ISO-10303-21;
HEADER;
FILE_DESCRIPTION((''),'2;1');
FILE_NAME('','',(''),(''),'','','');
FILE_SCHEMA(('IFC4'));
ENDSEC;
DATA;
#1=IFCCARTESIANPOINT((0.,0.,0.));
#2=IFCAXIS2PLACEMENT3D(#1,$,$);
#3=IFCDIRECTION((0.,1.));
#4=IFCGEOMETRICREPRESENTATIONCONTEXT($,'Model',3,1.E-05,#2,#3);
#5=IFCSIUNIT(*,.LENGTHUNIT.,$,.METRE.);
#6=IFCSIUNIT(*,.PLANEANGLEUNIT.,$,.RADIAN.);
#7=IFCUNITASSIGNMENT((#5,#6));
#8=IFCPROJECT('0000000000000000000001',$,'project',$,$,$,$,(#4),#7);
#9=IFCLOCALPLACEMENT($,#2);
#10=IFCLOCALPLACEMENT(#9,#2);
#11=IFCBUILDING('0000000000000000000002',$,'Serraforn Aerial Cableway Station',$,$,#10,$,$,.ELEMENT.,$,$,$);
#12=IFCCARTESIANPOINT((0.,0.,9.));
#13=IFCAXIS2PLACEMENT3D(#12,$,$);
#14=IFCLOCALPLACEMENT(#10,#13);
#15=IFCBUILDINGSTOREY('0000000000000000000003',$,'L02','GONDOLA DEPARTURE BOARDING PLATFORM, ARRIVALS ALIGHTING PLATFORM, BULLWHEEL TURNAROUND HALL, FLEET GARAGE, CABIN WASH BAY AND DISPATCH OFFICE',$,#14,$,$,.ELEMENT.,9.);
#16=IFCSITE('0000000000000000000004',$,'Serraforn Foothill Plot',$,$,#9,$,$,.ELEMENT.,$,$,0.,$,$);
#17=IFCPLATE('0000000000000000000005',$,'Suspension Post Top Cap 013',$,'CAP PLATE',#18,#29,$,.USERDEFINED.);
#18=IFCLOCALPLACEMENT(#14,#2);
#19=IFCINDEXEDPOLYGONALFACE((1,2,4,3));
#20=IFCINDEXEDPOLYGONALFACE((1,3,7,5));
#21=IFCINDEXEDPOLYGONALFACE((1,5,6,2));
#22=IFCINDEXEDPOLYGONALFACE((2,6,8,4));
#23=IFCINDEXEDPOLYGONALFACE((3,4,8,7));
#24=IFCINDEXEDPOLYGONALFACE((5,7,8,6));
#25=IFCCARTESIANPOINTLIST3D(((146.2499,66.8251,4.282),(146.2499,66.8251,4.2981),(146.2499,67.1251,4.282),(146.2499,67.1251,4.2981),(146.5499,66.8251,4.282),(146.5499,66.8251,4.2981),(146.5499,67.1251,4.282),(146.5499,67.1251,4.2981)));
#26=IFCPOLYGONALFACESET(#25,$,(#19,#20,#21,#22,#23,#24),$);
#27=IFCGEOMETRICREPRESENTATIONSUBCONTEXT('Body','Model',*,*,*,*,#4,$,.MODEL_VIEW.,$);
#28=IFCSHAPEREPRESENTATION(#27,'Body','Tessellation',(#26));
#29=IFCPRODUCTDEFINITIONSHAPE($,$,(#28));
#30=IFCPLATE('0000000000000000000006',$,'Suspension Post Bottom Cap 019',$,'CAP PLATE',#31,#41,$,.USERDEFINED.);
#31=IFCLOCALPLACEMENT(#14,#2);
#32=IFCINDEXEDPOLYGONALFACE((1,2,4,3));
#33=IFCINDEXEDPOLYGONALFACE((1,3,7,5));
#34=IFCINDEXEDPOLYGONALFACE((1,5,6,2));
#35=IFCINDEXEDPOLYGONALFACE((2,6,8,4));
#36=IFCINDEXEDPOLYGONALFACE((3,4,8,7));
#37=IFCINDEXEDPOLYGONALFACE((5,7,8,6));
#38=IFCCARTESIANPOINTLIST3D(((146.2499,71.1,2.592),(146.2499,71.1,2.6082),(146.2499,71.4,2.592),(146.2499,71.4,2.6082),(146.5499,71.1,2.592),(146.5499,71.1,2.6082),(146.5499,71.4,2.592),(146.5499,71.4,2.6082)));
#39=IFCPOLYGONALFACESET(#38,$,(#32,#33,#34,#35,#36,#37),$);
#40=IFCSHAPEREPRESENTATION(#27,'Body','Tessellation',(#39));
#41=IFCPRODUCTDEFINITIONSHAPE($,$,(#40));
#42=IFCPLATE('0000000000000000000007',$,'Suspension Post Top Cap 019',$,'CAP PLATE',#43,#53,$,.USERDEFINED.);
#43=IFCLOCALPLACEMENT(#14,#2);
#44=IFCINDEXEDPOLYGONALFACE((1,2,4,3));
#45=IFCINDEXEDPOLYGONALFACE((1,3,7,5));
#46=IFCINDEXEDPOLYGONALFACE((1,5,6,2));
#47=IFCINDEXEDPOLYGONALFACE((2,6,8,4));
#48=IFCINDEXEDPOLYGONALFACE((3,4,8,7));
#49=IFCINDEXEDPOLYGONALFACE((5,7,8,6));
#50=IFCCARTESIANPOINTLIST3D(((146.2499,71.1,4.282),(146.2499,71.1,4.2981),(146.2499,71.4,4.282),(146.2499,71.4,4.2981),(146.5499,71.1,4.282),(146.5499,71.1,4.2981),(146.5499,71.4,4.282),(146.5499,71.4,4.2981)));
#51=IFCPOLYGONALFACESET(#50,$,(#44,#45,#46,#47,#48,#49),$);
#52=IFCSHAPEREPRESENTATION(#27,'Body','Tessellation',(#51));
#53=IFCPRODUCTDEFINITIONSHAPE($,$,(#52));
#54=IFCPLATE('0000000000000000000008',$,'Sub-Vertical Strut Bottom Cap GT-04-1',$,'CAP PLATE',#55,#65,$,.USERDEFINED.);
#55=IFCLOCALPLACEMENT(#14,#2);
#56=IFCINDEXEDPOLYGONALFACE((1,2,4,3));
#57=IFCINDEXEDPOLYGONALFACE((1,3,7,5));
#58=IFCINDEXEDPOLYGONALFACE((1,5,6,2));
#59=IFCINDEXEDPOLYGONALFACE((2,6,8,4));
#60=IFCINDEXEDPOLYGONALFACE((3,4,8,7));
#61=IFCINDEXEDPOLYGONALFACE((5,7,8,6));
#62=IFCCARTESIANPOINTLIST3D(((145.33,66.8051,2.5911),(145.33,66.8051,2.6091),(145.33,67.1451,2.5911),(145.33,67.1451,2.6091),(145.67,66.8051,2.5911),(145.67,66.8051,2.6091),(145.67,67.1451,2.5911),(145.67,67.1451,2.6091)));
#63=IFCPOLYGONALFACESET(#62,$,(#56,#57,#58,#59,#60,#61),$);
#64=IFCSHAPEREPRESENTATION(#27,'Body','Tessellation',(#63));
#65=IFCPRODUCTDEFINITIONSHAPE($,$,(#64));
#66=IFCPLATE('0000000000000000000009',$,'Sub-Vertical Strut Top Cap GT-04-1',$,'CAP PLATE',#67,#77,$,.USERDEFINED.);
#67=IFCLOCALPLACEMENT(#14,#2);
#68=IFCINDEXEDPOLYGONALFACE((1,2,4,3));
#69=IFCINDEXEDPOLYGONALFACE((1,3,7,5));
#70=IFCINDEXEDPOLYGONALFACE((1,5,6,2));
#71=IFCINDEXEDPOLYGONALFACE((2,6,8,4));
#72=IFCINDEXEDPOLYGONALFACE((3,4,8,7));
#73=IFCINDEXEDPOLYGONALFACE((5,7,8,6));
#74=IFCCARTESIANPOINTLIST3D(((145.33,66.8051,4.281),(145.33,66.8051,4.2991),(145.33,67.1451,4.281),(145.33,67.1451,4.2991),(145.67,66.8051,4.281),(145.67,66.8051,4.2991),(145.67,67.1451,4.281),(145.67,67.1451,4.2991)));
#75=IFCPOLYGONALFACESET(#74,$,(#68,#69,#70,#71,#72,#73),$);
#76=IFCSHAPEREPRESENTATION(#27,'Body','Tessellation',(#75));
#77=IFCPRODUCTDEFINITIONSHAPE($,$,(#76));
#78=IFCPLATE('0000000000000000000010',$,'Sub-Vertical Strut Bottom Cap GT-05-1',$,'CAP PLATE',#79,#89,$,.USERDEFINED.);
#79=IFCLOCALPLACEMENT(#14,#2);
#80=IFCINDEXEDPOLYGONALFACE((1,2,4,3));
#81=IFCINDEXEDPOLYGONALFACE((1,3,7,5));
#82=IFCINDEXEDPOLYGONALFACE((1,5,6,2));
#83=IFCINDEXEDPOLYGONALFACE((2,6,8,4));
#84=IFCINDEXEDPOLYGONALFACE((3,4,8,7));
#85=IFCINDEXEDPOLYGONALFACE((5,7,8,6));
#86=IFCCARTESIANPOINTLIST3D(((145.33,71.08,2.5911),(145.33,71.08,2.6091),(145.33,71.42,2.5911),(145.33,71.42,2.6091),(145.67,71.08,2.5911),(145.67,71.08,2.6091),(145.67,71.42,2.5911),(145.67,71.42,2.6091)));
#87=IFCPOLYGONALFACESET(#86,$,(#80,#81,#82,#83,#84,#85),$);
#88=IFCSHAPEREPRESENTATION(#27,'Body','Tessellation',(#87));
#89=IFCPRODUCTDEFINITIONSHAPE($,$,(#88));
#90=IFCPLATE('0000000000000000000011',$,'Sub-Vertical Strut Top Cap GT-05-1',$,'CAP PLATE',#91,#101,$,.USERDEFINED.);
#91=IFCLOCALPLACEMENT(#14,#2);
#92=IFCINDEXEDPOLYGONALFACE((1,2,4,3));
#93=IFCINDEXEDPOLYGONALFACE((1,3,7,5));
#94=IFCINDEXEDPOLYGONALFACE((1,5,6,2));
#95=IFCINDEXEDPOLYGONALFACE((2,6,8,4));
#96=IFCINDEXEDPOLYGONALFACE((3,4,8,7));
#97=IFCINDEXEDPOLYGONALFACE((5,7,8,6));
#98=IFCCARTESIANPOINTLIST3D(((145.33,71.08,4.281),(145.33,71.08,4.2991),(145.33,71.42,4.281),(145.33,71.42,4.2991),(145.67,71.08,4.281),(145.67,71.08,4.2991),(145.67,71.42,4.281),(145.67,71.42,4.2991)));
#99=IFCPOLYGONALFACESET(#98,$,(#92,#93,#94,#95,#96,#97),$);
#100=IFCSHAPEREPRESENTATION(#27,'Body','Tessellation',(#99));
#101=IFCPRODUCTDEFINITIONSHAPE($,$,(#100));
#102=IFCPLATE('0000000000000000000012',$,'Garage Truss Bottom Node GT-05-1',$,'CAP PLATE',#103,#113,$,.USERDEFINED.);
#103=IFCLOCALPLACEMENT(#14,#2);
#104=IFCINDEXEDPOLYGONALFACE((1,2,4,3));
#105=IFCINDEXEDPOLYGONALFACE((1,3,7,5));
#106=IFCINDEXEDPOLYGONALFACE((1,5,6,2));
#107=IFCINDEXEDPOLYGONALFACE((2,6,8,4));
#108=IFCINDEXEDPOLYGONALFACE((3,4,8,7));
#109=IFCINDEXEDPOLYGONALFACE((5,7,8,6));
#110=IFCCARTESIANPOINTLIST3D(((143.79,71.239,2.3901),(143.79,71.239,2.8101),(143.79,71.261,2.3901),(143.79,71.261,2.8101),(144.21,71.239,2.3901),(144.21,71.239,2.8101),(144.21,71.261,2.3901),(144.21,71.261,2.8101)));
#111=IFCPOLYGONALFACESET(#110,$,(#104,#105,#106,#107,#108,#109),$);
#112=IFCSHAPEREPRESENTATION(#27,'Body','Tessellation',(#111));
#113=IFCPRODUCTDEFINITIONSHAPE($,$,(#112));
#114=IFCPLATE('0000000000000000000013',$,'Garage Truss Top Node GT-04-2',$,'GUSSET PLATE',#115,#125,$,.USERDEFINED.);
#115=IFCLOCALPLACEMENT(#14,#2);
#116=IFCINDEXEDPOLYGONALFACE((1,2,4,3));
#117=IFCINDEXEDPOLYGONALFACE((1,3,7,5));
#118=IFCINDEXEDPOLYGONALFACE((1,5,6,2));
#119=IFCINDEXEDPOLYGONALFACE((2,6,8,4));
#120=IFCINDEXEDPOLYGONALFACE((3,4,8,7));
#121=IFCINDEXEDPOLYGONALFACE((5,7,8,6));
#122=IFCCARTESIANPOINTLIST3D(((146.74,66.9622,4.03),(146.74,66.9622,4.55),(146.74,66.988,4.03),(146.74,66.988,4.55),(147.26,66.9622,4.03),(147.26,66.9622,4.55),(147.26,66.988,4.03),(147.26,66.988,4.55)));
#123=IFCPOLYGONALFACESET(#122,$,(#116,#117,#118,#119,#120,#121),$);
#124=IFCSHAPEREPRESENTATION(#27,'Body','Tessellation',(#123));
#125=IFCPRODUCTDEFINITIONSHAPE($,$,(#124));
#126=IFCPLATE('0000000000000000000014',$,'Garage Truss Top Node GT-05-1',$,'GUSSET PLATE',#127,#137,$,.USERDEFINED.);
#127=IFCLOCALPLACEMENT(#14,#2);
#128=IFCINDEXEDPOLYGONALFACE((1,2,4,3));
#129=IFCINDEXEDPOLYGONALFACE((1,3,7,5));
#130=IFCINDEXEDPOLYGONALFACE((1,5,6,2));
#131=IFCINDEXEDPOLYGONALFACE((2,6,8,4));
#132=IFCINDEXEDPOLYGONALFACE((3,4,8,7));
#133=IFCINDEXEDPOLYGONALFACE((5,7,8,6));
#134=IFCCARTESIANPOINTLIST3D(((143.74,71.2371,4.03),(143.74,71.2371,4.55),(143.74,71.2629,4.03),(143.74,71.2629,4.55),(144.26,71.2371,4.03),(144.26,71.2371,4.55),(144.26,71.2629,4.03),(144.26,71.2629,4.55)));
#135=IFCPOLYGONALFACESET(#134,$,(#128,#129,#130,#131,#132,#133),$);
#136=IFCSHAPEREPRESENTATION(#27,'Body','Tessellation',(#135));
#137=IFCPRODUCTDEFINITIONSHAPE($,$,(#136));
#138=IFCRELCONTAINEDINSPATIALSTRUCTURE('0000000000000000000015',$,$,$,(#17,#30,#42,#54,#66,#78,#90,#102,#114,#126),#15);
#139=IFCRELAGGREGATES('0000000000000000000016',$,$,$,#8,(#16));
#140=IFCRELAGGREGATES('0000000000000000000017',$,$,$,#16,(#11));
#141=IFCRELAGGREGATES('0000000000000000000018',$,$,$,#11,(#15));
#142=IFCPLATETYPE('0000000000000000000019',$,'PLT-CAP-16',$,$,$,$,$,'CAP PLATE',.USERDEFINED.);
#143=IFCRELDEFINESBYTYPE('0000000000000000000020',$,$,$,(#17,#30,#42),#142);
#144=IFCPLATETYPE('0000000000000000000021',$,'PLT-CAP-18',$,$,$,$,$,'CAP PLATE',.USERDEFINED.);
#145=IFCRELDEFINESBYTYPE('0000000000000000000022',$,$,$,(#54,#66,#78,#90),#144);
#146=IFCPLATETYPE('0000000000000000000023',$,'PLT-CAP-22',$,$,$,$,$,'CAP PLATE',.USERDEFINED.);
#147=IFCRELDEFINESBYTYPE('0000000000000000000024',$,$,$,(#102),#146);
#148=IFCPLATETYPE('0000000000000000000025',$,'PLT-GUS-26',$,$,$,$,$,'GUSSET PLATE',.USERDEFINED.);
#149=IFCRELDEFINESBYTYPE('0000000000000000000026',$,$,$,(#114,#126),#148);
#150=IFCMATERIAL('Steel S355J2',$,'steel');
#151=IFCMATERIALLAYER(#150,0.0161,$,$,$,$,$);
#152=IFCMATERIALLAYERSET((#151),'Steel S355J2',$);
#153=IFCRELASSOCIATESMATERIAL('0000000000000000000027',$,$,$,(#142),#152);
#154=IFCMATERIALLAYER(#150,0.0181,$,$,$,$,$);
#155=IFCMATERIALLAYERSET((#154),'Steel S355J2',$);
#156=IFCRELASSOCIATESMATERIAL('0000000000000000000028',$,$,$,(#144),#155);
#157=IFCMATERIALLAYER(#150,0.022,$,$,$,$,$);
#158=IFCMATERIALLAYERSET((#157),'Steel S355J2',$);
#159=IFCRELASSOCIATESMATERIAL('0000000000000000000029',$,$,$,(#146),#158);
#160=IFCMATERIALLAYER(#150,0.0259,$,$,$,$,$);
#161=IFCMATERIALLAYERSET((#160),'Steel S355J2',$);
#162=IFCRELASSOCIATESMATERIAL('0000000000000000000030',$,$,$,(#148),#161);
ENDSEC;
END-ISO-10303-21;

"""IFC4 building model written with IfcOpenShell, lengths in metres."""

from ifc_helpers import new_model, si_unit, direction, frame, origin, origin_2d, place, context, subcontext, project, spatial, rectangle, extrude, material, layer, layer_set, type_object, element, save


model = new_model("IFC4")

# Units and contexts
model_context = context("Model", 3, precision=1e-05, world=origin(), true_north=direction((0.0, 1.0)))
body_context = subcontext(model_context, "Body", "Model", "MODEL_VIEW")
ifc_project = project(units=[si_unit("LENGTHUNIT", "METRE"), si_unit("PLANEANGLEUNIT", "RADIAN")], contexts=[model_context])

# Site, building, storey
site_placement = place(None, origin())
site = spatial("IfcSite", under=ifc_project, at=site_placement, Name="Serraforn Foothill Plot", CompositionType="ELEMENT", RefElevation=0.0)
building_placement = place(site_placement, origin())
building = spatial("IfcBuilding", under=site, at=building_placement, Name="Serraforn Aerial Cableway Station", CompositionType="ELEMENT")
storey_placement = place(building_placement, frame((0.0, 0.0, 9.0)))
storey = spatial("IfcBuildingStorey", under=building, at=storey_placement, Name="L02", Description="GONDOLA DEPARTURE BOARDING PLATFORM, ARRIVALS ALIGHTING PLATFORM, BULLWHEEL TURNAROUND HALL, FLEET GARAGE, CABIN WASH BAY AND DISPATCH OFFICE", CompositionType="ELEMENT", Elevation=9.0)

# Shared definitions
ifc_material_1 = material(Name="Steel S355J2", Category="steel")

# Plates
ifc_layer_1 = layer(ifc_material_1, 0.0161)
ifc_layer_set_1 = layer_set([ifc_layer_1], Name="Steel S355J2")
plate_type_1 = type_object("IfcPlateType", Name="PLT-CAP-16", ElementType="CAP PLATE", PredefinedType="USERDEFINED", material=ifc_layer_set_1)
for number, where, z_axis, x_axis, name in (
    (1, (146.3999, 66.9751, 4.282), (0.0, 0.0, 1.0), (1.0, 0.0, 0.0), "Suspension Post Top Cap 013"),
    (2, (146.3999, 71.25, 2.592), (0.0, 0.0, 1.0), (1.0, 0.0, 0.0), "Suspension Post Bottom Cap 019"),
    (3, (146.3999, 71.25, 4.282), (0.0, 0.0, 1.0), (1.0, 0.0, 0.0), "Suspension Post Top Cap 019"),
):
    element("IfcPlate", number, at=place(storey_placement, frame(where, z_axis=z_axis, x_axis=x_axis)), inside=storey, type_object=plate_type_1, Name=name, ObjectType="CAP PLATE", PredefinedType="USERDEFINED", context=body_context, shape_type="SweptSolid", body=[
        extrude(rectangle(XDim=0.3, YDim=0.3, at=origin_2d()), origin(), (0.0, 0.0, 1.0), 0.0161),
    ])
ifc_layer_2 = layer(ifc_material_1, 0.0181)
ifc_layer_set_2 = layer_set([ifc_layer_2], Name="Steel S355J2")
plate_type_2 = type_object("IfcPlateType", Name="PLT-CAP-18", ElementType="CAP PLATE", PredefinedType="USERDEFINED", material=ifc_layer_set_2)
for number, where, z_axis, x_axis, name in (
    (4, (145.5, 66.9751, 2.5911), (0.0, 0.0, 1.0), (1.0, 0.0, 0.0), "Sub-Vertical Strut Bottom Cap GT-04-1"),
    (5, (145.5, 66.9751, 4.281), (0.0, 0.0, 1.0), (1.0, 0.0, 0.0), "Sub-Vertical Strut Top Cap GT-04-1"),
    (6, (145.5, 71.25, 2.5911), (0.0, 0.0, 1.0), (1.0, 0.0, 0.0), "Sub-Vertical Strut Bottom Cap GT-05-1"),
    (7, (145.5, 71.25, 4.281), (0.0, 0.0, 1.0), (1.0, 0.0, 0.0), "Sub-Vertical Strut Top Cap GT-05-1"),
):
    element("IfcPlate", number, at=place(storey_placement, frame(where, z_axis=z_axis, x_axis=x_axis)), inside=storey, type_object=plate_type_2, Name=name, ObjectType="CAP PLATE", PredefinedType="USERDEFINED", context=body_context, shape_type="SweptSolid", body=[
        extrude(rectangle(XDim=0.3401, YDim=0.3401, at=origin_2d()), origin(), (0.0, 0.0, 1.0), 0.0181),
    ])
ifc_layer_3 = layer(ifc_material_1, 0.022)
ifc_layer_set_3 = layer_set([ifc_layer_3], Name="Steel S355J2")
plate_type_3 = type_object("IfcPlateType", Name="PLT-CAP-22", ElementType="CAP PLATE", PredefinedType="USERDEFINED", material=ifc_layer_set_3)
plate_1_placement = place(storey_placement, frame((144.0, 71.25, 2.3901), z_axis=(0.0, 0.0, 1.0), x_axis=(1.0, 0.0, 0.0)))
element("IfcPlate", 8, at=plate_1_placement, inside=storey, type_object=plate_type_3, Name="Garage Truss Bottom Node GT-05-1", ObjectType="CAP PLATE", PredefinedType="USERDEFINED", context=body_context, shape_type="SweptSolid", body=[
    extrude(rectangle(XDim=0.4199, YDim=0.022, at=origin_2d()), origin(), (0.0, 0.0, 1.0), 0.4199),
])
ifc_layer_4 = layer(ifc_material_1, 0.0259)
ifc_layer_set_4 = layer_set([ifc_layer_4], Name="Steel S355J2")
plate_type_4 = type_object("IfcPlateType", Name="PLT-GUS-26", ElementType="GUSSET PLATE", PredefinedType="USERDEFINED", material=ifc_layer_set_4)
for number, where, z_axis, x_axis, name in (
    (9, (147.0, 66.9751, 4.03), (0.0, 0.0, 1.0), (1.0, 0.0, 0.0), "Garage Truss Top Node GT-04-2"),
    (10, (144.0, 71.25, 4.03), (0.0, 0.0, 1.0), (1.0, 0.0, 0.0), "Garage Truss Top Node GT-05-1"),
):
    element("IfcPlate", number, at=place(storey_placement, frame(where, z_axis=z_axis, x_axis=x_axis)), inside=storey, type_object=plate_type_4, Name=name, ObjectType="GUSSET PLATE", PredefinedType="USERDEFINED", context=body_context, shape_type="SweptSolid", body=[
        extrude(rectangle(XDim=0.52, YDim=0.0259, at=origin_2d()), origin(), (0.0, 0.0, 1.0), 0.52),
    ])

save(model, "model.ifc")
